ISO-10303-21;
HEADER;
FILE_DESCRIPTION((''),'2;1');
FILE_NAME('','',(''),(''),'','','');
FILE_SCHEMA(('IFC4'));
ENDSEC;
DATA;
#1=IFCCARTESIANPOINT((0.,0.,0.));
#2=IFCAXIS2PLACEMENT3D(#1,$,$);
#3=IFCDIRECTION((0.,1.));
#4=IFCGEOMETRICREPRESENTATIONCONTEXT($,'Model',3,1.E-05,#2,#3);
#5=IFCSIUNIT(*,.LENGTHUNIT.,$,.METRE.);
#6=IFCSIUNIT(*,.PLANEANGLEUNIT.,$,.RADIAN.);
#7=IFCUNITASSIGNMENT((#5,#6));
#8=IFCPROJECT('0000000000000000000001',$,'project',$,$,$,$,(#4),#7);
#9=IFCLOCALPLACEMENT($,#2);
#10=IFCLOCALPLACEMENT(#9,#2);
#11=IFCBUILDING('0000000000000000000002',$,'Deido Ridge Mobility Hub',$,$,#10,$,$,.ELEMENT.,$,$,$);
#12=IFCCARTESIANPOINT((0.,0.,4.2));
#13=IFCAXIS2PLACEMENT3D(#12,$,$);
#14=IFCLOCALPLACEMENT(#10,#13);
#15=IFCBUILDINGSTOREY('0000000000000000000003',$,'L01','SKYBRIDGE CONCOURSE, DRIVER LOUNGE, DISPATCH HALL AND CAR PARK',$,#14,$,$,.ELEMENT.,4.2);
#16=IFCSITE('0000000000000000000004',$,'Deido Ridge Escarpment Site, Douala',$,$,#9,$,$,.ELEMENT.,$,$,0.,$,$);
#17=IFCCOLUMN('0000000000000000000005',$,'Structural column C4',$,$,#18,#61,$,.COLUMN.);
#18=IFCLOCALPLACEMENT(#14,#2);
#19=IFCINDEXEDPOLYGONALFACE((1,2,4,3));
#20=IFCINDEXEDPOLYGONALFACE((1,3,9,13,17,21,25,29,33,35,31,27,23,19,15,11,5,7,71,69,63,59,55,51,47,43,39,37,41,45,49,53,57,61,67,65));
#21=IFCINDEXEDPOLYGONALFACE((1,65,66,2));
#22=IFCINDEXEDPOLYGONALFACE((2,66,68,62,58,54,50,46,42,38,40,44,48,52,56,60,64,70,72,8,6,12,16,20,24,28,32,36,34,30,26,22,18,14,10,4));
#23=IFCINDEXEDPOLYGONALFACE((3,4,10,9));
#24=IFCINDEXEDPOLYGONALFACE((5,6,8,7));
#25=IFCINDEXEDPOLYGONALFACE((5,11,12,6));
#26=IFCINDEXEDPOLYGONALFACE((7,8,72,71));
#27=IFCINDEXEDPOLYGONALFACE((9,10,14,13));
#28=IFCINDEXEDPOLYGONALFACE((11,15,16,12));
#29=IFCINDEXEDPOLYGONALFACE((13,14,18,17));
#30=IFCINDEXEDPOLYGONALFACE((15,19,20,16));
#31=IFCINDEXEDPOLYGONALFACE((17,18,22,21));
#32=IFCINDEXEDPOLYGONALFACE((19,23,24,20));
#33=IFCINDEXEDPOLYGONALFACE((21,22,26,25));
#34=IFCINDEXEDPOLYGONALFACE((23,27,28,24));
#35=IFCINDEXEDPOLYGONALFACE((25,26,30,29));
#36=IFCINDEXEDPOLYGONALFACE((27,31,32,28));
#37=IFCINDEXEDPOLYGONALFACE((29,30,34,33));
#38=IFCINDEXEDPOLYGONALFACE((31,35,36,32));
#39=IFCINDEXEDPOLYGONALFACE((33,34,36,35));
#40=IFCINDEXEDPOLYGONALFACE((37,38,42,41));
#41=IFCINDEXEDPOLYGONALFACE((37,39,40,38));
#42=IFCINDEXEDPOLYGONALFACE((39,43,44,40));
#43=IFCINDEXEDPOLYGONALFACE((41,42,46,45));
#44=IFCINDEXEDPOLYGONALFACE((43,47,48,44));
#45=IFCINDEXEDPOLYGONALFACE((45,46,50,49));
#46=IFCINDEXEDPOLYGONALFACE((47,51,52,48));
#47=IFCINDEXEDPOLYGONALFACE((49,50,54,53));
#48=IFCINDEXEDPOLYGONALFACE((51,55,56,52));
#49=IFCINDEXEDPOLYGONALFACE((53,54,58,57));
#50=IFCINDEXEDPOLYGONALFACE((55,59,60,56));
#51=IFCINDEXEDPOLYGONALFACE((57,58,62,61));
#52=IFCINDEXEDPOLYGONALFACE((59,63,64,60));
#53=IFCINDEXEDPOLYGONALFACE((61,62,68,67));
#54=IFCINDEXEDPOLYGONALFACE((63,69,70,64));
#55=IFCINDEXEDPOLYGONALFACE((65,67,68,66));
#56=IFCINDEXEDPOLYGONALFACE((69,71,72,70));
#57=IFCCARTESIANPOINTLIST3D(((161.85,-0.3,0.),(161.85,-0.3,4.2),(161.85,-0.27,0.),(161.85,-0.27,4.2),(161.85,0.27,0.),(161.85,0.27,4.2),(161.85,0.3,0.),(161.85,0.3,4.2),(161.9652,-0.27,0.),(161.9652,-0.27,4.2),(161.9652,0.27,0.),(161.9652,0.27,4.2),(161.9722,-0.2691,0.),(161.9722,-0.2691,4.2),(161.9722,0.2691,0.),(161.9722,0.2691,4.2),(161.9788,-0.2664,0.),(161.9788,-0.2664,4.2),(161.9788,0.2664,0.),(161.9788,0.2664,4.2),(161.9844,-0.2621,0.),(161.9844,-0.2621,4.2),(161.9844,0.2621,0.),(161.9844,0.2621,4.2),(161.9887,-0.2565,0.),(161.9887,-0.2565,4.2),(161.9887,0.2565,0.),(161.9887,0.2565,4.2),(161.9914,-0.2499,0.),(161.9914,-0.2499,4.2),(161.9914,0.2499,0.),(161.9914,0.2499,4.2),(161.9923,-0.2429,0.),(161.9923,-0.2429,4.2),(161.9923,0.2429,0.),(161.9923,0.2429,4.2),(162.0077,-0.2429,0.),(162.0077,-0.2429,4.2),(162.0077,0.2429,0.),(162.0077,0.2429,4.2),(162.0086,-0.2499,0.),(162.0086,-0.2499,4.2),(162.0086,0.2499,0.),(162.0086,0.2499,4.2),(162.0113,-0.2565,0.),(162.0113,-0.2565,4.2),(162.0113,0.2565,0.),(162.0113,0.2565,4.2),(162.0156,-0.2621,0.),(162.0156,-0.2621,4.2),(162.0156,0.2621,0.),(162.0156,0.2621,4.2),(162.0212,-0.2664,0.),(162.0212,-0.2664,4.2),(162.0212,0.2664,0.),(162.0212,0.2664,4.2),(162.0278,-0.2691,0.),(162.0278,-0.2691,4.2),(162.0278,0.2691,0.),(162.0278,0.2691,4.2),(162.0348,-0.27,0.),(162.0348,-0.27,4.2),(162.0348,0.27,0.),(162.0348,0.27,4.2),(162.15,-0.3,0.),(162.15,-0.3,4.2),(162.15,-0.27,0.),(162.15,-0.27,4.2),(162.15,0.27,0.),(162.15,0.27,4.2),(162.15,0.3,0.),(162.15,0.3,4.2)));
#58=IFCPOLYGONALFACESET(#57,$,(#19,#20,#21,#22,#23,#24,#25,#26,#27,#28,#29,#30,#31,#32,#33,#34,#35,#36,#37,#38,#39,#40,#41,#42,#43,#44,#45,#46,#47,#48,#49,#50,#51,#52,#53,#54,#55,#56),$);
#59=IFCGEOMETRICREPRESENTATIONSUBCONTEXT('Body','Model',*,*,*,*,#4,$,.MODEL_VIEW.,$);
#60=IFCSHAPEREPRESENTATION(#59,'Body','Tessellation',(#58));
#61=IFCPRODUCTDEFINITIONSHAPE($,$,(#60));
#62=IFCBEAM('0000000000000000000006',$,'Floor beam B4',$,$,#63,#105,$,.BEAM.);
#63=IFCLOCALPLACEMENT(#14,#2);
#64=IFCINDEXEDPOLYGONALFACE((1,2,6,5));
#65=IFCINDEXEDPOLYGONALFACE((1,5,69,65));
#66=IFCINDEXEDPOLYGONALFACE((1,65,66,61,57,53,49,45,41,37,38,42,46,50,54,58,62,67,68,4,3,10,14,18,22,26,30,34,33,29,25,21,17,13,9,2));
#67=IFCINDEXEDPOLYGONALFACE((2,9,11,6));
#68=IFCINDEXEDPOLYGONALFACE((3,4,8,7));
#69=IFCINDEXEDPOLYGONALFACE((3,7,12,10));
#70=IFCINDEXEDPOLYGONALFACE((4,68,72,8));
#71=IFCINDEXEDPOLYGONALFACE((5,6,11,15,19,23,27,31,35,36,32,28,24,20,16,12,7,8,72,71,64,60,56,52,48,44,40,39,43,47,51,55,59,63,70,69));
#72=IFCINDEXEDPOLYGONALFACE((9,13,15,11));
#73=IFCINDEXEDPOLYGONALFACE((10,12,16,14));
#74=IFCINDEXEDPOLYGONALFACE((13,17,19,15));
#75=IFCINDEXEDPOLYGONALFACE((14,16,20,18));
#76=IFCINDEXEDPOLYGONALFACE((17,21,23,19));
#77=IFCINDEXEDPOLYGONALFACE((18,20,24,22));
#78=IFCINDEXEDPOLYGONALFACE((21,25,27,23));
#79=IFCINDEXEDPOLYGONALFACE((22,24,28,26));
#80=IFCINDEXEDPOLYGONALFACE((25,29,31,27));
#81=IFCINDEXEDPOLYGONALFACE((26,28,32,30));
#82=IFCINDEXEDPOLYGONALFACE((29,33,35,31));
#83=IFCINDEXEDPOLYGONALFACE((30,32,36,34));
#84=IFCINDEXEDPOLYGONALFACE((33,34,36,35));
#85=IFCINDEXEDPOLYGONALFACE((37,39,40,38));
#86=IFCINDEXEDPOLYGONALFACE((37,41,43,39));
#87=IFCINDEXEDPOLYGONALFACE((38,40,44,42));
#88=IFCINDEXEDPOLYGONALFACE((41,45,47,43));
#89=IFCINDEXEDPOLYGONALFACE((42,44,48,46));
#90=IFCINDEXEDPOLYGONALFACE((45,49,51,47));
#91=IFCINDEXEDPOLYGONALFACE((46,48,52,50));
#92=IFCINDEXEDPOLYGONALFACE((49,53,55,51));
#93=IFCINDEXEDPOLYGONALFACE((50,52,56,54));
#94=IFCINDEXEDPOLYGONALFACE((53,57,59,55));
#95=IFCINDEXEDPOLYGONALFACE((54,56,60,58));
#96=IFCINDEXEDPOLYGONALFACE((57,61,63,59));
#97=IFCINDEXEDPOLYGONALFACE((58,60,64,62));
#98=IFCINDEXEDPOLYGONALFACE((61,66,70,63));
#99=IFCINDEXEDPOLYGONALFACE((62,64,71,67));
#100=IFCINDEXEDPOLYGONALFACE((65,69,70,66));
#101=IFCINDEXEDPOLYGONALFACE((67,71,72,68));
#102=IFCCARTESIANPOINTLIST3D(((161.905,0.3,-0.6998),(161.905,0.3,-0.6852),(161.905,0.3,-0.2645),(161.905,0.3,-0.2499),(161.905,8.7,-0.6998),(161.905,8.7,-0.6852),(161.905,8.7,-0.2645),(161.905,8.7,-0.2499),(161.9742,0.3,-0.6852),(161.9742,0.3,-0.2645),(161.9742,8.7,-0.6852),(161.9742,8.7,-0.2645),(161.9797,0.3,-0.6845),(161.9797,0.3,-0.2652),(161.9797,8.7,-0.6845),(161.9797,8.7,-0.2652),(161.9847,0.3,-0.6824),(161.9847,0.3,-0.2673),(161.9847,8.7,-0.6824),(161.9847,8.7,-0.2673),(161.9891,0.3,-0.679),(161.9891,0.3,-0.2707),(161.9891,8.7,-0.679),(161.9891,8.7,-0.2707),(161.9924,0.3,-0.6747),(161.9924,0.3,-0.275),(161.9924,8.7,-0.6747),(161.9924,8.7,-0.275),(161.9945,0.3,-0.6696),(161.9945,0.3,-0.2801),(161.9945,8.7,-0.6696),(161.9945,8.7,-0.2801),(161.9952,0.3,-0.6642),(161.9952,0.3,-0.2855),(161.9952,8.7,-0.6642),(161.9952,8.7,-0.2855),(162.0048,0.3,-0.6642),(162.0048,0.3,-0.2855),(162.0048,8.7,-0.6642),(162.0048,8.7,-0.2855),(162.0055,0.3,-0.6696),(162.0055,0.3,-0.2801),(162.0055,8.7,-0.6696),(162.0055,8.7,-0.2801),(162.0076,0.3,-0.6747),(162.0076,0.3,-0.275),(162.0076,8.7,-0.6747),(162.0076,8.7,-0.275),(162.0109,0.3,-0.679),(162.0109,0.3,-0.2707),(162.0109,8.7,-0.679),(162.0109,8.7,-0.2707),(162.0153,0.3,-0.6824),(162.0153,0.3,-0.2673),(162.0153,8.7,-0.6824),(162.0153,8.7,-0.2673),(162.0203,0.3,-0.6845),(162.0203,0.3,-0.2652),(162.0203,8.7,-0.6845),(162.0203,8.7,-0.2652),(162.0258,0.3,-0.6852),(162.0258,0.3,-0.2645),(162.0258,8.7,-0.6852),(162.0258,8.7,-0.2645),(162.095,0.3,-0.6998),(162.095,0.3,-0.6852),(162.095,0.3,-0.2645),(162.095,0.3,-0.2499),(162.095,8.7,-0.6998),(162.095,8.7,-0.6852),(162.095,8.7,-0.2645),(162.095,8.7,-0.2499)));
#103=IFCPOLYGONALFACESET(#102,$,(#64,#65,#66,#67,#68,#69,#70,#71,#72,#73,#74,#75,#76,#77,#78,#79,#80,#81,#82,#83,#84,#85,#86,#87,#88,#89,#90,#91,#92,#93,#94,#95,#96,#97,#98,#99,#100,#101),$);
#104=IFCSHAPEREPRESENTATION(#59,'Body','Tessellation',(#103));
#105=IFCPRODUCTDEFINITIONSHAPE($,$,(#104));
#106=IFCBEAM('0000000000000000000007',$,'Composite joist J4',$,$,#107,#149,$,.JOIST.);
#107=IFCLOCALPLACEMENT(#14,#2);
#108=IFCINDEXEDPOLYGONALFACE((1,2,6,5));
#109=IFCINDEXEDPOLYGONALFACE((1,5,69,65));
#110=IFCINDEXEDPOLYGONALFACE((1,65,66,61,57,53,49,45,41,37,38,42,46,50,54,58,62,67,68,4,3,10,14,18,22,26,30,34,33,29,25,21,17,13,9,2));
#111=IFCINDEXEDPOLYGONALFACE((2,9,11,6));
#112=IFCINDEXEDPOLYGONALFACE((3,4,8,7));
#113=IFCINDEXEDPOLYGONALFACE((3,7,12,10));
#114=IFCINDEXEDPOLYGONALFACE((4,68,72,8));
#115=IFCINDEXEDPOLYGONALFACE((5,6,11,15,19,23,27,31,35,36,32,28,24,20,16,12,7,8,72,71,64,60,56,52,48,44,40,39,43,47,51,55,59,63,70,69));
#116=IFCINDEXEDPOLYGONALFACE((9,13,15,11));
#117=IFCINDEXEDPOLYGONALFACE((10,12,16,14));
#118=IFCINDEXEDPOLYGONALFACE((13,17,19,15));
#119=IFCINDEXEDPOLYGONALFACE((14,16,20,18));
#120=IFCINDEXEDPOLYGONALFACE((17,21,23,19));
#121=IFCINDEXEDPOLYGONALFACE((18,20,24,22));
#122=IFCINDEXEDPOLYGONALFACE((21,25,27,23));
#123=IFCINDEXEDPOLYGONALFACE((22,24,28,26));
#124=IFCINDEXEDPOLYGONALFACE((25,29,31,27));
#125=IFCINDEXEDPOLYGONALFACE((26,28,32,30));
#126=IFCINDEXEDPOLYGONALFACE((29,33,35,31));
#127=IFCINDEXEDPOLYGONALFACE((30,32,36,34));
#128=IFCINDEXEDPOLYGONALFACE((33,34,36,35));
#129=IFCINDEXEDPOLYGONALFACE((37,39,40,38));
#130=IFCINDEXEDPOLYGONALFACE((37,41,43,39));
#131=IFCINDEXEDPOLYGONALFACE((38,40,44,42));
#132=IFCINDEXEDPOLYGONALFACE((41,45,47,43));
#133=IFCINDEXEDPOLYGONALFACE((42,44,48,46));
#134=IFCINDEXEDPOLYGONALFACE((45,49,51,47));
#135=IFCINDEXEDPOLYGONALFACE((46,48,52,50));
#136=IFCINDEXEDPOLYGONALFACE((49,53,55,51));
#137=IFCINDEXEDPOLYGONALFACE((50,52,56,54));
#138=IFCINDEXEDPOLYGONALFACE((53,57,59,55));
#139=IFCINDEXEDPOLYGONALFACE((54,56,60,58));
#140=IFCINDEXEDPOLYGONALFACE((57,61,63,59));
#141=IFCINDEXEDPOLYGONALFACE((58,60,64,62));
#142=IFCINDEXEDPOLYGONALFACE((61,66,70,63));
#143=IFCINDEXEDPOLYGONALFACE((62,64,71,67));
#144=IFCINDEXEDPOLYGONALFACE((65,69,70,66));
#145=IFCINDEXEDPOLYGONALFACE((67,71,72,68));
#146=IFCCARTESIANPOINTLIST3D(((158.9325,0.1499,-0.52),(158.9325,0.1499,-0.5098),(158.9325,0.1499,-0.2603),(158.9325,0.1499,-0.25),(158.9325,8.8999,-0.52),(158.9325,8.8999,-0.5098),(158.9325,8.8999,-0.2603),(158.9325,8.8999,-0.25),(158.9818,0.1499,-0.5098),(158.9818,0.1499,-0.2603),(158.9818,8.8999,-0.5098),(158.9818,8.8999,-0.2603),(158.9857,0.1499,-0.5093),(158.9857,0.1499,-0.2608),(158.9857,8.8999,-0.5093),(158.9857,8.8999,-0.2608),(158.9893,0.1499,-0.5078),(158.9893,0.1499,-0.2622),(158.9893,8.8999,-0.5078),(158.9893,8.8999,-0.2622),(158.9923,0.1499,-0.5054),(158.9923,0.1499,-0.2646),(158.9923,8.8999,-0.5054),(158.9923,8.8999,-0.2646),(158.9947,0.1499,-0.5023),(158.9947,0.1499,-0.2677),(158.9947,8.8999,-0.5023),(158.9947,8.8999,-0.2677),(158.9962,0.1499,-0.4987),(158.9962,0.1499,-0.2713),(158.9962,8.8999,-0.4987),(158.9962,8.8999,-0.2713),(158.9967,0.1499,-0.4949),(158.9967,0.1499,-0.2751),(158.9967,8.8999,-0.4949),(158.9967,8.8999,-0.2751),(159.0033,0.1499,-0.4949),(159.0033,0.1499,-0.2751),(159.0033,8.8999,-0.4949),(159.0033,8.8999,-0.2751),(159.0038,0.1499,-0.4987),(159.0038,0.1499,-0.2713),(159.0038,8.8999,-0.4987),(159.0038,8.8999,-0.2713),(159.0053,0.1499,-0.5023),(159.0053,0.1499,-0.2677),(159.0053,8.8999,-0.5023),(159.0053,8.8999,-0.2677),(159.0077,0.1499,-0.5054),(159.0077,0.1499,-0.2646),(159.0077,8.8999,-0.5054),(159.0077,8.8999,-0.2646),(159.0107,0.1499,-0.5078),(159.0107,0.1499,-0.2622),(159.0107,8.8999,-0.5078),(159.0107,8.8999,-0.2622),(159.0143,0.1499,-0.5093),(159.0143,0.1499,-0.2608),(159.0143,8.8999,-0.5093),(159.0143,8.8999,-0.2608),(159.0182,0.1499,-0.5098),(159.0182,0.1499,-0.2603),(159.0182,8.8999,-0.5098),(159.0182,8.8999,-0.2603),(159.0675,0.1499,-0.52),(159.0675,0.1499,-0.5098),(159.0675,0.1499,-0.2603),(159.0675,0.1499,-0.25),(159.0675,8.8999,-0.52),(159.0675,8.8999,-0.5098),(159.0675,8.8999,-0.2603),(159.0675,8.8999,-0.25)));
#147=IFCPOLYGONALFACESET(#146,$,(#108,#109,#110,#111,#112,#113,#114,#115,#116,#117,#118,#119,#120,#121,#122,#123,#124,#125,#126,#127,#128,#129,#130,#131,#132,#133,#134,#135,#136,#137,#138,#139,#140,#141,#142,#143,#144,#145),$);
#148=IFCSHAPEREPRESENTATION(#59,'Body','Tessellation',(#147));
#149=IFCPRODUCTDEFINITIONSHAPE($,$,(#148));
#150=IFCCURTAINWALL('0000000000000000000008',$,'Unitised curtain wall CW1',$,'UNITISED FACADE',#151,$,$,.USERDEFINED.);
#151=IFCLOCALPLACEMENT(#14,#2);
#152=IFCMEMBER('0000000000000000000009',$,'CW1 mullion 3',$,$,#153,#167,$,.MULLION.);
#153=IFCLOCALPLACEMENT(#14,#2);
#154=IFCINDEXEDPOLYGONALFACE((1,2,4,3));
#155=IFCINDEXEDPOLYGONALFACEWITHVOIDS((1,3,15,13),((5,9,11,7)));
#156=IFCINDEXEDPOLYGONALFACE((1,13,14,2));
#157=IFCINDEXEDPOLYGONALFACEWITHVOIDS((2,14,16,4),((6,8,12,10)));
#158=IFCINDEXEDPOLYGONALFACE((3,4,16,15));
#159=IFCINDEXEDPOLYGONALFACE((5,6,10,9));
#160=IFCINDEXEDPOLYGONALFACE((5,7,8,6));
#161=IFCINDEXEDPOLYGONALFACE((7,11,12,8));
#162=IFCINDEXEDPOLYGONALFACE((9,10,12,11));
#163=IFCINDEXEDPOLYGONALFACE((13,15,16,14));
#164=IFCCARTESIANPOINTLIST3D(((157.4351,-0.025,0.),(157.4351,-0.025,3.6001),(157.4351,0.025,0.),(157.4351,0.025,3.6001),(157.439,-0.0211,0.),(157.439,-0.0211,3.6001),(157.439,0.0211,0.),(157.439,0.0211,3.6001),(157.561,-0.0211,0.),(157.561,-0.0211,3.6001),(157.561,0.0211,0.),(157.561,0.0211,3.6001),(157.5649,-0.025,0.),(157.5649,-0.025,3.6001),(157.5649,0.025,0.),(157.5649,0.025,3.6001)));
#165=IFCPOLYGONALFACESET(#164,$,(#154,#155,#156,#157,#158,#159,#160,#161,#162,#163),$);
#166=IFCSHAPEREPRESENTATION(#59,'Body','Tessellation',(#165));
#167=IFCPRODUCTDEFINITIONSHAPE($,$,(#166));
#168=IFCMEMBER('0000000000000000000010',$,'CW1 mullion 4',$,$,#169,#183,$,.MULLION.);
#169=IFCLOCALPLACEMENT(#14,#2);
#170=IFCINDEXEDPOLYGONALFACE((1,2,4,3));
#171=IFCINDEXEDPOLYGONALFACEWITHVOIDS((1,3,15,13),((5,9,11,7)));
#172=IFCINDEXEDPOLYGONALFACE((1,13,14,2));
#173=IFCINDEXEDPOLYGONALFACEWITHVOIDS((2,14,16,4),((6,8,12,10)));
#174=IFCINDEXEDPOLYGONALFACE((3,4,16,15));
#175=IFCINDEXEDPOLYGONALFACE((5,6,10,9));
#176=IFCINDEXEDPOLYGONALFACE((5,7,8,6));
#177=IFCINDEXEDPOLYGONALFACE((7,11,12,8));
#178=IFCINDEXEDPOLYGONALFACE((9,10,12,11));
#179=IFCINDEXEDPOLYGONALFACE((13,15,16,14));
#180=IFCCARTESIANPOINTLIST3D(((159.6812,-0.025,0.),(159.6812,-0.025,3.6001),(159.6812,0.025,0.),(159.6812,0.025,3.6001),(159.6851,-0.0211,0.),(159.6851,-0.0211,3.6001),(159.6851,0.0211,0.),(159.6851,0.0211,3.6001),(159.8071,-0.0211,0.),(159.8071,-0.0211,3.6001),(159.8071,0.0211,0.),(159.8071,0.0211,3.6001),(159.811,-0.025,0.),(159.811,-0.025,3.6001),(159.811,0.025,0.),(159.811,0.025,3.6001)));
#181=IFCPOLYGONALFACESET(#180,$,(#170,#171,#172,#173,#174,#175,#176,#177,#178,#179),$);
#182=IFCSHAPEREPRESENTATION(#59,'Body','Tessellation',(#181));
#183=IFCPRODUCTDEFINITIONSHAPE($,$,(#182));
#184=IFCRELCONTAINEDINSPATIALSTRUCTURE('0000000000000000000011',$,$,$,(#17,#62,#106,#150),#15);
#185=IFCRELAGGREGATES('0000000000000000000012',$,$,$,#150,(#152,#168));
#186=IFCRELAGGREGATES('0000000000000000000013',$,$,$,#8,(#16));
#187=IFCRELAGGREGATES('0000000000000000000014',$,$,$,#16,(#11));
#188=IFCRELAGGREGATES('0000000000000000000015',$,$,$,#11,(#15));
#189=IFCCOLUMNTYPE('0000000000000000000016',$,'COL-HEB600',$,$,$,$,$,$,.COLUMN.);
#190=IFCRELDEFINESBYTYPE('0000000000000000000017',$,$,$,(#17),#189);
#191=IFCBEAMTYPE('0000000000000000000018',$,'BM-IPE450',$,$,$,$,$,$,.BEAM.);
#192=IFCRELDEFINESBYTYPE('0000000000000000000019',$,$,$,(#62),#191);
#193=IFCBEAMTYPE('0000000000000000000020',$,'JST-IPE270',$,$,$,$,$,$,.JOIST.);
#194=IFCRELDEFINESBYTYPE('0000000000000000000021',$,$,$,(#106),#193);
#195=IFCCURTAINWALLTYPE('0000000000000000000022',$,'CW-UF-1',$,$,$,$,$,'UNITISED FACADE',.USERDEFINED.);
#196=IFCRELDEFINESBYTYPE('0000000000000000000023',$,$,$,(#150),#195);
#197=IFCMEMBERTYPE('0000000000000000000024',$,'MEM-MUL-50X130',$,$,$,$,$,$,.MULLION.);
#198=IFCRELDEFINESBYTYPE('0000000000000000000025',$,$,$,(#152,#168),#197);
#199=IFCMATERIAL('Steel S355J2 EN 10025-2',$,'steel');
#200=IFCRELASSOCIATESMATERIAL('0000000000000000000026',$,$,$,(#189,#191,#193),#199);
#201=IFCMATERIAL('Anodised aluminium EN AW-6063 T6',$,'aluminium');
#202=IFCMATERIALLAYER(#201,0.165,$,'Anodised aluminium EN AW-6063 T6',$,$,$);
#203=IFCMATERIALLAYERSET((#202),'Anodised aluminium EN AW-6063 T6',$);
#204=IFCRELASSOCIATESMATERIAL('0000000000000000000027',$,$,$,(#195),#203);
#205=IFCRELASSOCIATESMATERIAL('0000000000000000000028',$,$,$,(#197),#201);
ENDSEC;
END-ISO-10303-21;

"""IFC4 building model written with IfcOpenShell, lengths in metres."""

from ifc_helpers import new_model, si_unit, direction, frame, origin, origin_2d, place, context, subcontext, project, spatial, hollow_rectangle, i_section, extrude, material, layer, layer_set, material_profile, profile_set, type_object, element, aggregate, save


model = new_model("IFC4")

# Units and contexts
model_context = context("Model", 3, precision=1e-05, world=origin(), true_north=direction((0.0, 1.0)))
body_context = subcontext(model_context, "Body", "Model", "MODEL_VIEW")
ifc_project = project(units=[si_unit("LENGTHUNIT", "METRE"), si_unit("PLANEANGLEUNIT", "RADIAN")], contexts=[model_context])

# Site, building, storey
site_placement = place(None, origin())
site = spatial("IfcSite", under=ifc_project, at=site_placement, Name="Deido Ridge Escarpment Site, Douala", CompositionType="ELEMENT", RefElevation=0.0)
building_placement = place(site_placement, origin())
building = spatial("IfcBuilding", under=site, at=building_placement, Name="Deido Ridge Mobility Hub", CompositionType="ELEMENT")
storey_placement = place(building_placement, frame((0.0, 0.0, 4.2)))
storey = spatial("IfcBuildingStorey", under=building, at=storey_placement, Name="L01", Description="SKYBRIDGE CONCOURSE, DRIVER LOUNGE, DISPATCH HALL AND CAR PARK", CompositionType="ELEMENT", Elevation=4.2)

# Column
ifc_material_1 = material(Name="Steel S355J2 EN 10025-2", Category="steel")
ifc_material_profile_1 = material_profile(ifc_material_1, i_section(OverallWidth=0.3, OverallDepth=0.6001, WebThickness=0.0154, FlangeThickness=0.03, FilletRadius=0.0271, at=origin_2d()), Name="HEB 600")
ifc_profile_set_1 = profile_set([ifc_material_profile_1], Name="Steel S355J2 EN 10025-2")
column_type = type_object("IfcColumnType", Name="COL-HEB600", PredefinedType="COLUMN", material=ifc_profile_set_1)
column_placement = place(storey_placement, frame((162.0, 0.0, 0.0), z_axis=(0.0, 0.0, 1.0), x_axis=(1.0, 0.0, 0.0)))
element("IfcColumn", 1, at=column_placement, inside=storey, type_object=column_type, Name="Structural column C4", PredefinedType="COLUMN", context=body_context, shape_type="SweptSolid", body=[
    extrude(i_section(OverallWidth=0.3, OverallDepth=0.6001, WebThickness=0.0154, FlangeThickness=0.03, FilletRadius=0.0271, at=origin_2d()), origin(), (0.0, 0.0, 1.0), 4.2),
])

# Beams
ifc_material_profile_2 = material_profile(ifc_material_1, i_section(OverallWidth=0.1899, OverallDepth=0.45, WebThickness=0.0095, FlangeThickness=0.0146, FilletRadius=0.021, at=origin_2d()), Name="IPE 450")
ifc_profile_set_2 = profile_set([ifc_material_profile_2], Name="Steel S355J2 EN 10025-2")
beam_type_1 = type_object("IfcBeamType", Name="BM-IPE450", PredefinedType="BEAM", material=ifc_profile_set_2)
beam_1_placement = place(storey_placement, frame((162.0, 0.3, -0.4749), z_axis=(0.0, 1.0, 0.0), x_axis=(-1.0, 0.0, 0.0)))
element("IfcBeam", 2, at=beam_1_placement, inside=storey, type_object=beam_type_1, Name="Floor beam B4", PredefinedType="BEAM", context=body_context, shape_type="SweptSolid", body=[
    extrude(i_section(OverallWidth=0.1899, OverallDepth=0.45, WebThickness=0.0095, FlangeThickness=0.0146, FilletRadius=0.021, at=origin_2d()), origin(), (0.0, 0.0, 1.0), 8.3999),
])
ifc_material_profile_3 = material_profile(ifc_material_1, i_section(OverallWidth=0.135, OverallDepth=0.27, WebThickness=0.0066, FlangeThickness=0.0103, FilletRadius=0.0149, at=origin_2d()), Name="IPE 270")
ifc_profile_set_3 = profile_set([ifc_material_profile_3], Name="Steel S355J2 EN 10025-2")
beam_type_2 = type_object("IfcBeamType", Name="JST-IPE270", PredefinedType="JOIST", material=ifc_profile_set_3)
beam_2_placement = place(storey_placement, frame((159.0, 0.1499, -0.385), z_axis=(0.0, 1.0, 0.0), x_axis=(-1.0, 0.0, 0.0)))
element("IfcBeam", 3, at=beam_2_placement, inside=storey, type_object=beam_type_2, Name="Composite joist J4", PredefinedType="JOIST", context=body_context, shape_type="SweptSolid", body=[
    extrude(i_section(OverallWidth=0.135, OverallDepth=0.27, WebThickness=0.0066, FlangeThickness=0.0103, FilletRadius=0.0149, at=origin_2d()), origin(), (0.0, 0.0, 1.0), 8.75),
])

# Curtain wall, members
ifc_material_2 = material(Name="Anodised aluminium EN AW-6063 T6", Category="aluminium")
ifc_layer_1 = layer(ifc_material_2, 0.165, Name="Anodised aluminium EN AW-6063 T6")
ifc_layer_set_1 = layer_set([ifc_layer_1], Name="Anodised aluminium EN AW-6063 T6")
curtain_wall_type = type_object("IfcCurtainWallType", Name="CW-UF-1", ElementType="UNITISED FACADE", PredefinedType="USERDEFINED", material=ifc_layer_set_1)
curtain_wall_placement = place(storey_placement, origin())
curtain_wall = element("IfcCurtainWall", 4, at=curtain_wall_placement, inside=storey, type_object=curtain_wall_type, Name="Unitised curtain wall CW1", ObjectType="UNITISED FACADE", PredefinedType="USERDEFINED")
ifc_material_profile_4 = material_profile(ifc_material_2, hollow_rectangle(XDim=0.05, YDim=0.1299, WallThickness=0.0039, at=origin_2d()), Name="RHS 50x130x4")
ifc_profile_set_4 = profile_set([ifc_material_profile_4], Name="Anodised aluminium EN AW-6063 T6")
member_type_1 = type_object("IfcMemberType", Name="MEM-MUL-50X130", PredefinedType="MULLION", material=ifc_profile_set_4)
member_1_placement = place(storey_placement, frame((157.5, 0.0, 0.0), z_axis=(0.0, 0.0, 1.0), x_axis=(0.0, 1.0, 0.0)))
member_1 = element("IfcMember", 5, at=member_1_placement, type_object=member_type_1, Name="CW1 mullion 3", PredefinedType="MULLION", context=body_context, shape_type="SweptSolid", body=[
    extrude(hollow_rectangle(XDim=0.05, YDim=0.1299, WallThickness=0.0039, at=origin_2d()), origin(), (0.0, 0.0, 1.0), 3.6001),
])
member_2_placement = place(storey_placement, frame((159.7461, 0.0, 0.0), z_axis=(0.0, 0.0, 1.0), x_axis=(0.0, 1.0, 0.0)))
member_2 = element("IfcMember", 6, at=member_2_placement, type_object=member_type_1, Name="CW1 mullion 4", PredefinedType="MULLION", context=body_context, shape_type="SweptSolid", body=[
    extrude(hollow_rectangle(XDim=0.05, YDim=0.1299, WallThickness=0.0039, at=origin_2d()), origin(), (0.0, 0.0, 1.0), 3.6001),
])

aggregate(curtain_wall, [member_1, member_2])

save(model, "model.ifc")
